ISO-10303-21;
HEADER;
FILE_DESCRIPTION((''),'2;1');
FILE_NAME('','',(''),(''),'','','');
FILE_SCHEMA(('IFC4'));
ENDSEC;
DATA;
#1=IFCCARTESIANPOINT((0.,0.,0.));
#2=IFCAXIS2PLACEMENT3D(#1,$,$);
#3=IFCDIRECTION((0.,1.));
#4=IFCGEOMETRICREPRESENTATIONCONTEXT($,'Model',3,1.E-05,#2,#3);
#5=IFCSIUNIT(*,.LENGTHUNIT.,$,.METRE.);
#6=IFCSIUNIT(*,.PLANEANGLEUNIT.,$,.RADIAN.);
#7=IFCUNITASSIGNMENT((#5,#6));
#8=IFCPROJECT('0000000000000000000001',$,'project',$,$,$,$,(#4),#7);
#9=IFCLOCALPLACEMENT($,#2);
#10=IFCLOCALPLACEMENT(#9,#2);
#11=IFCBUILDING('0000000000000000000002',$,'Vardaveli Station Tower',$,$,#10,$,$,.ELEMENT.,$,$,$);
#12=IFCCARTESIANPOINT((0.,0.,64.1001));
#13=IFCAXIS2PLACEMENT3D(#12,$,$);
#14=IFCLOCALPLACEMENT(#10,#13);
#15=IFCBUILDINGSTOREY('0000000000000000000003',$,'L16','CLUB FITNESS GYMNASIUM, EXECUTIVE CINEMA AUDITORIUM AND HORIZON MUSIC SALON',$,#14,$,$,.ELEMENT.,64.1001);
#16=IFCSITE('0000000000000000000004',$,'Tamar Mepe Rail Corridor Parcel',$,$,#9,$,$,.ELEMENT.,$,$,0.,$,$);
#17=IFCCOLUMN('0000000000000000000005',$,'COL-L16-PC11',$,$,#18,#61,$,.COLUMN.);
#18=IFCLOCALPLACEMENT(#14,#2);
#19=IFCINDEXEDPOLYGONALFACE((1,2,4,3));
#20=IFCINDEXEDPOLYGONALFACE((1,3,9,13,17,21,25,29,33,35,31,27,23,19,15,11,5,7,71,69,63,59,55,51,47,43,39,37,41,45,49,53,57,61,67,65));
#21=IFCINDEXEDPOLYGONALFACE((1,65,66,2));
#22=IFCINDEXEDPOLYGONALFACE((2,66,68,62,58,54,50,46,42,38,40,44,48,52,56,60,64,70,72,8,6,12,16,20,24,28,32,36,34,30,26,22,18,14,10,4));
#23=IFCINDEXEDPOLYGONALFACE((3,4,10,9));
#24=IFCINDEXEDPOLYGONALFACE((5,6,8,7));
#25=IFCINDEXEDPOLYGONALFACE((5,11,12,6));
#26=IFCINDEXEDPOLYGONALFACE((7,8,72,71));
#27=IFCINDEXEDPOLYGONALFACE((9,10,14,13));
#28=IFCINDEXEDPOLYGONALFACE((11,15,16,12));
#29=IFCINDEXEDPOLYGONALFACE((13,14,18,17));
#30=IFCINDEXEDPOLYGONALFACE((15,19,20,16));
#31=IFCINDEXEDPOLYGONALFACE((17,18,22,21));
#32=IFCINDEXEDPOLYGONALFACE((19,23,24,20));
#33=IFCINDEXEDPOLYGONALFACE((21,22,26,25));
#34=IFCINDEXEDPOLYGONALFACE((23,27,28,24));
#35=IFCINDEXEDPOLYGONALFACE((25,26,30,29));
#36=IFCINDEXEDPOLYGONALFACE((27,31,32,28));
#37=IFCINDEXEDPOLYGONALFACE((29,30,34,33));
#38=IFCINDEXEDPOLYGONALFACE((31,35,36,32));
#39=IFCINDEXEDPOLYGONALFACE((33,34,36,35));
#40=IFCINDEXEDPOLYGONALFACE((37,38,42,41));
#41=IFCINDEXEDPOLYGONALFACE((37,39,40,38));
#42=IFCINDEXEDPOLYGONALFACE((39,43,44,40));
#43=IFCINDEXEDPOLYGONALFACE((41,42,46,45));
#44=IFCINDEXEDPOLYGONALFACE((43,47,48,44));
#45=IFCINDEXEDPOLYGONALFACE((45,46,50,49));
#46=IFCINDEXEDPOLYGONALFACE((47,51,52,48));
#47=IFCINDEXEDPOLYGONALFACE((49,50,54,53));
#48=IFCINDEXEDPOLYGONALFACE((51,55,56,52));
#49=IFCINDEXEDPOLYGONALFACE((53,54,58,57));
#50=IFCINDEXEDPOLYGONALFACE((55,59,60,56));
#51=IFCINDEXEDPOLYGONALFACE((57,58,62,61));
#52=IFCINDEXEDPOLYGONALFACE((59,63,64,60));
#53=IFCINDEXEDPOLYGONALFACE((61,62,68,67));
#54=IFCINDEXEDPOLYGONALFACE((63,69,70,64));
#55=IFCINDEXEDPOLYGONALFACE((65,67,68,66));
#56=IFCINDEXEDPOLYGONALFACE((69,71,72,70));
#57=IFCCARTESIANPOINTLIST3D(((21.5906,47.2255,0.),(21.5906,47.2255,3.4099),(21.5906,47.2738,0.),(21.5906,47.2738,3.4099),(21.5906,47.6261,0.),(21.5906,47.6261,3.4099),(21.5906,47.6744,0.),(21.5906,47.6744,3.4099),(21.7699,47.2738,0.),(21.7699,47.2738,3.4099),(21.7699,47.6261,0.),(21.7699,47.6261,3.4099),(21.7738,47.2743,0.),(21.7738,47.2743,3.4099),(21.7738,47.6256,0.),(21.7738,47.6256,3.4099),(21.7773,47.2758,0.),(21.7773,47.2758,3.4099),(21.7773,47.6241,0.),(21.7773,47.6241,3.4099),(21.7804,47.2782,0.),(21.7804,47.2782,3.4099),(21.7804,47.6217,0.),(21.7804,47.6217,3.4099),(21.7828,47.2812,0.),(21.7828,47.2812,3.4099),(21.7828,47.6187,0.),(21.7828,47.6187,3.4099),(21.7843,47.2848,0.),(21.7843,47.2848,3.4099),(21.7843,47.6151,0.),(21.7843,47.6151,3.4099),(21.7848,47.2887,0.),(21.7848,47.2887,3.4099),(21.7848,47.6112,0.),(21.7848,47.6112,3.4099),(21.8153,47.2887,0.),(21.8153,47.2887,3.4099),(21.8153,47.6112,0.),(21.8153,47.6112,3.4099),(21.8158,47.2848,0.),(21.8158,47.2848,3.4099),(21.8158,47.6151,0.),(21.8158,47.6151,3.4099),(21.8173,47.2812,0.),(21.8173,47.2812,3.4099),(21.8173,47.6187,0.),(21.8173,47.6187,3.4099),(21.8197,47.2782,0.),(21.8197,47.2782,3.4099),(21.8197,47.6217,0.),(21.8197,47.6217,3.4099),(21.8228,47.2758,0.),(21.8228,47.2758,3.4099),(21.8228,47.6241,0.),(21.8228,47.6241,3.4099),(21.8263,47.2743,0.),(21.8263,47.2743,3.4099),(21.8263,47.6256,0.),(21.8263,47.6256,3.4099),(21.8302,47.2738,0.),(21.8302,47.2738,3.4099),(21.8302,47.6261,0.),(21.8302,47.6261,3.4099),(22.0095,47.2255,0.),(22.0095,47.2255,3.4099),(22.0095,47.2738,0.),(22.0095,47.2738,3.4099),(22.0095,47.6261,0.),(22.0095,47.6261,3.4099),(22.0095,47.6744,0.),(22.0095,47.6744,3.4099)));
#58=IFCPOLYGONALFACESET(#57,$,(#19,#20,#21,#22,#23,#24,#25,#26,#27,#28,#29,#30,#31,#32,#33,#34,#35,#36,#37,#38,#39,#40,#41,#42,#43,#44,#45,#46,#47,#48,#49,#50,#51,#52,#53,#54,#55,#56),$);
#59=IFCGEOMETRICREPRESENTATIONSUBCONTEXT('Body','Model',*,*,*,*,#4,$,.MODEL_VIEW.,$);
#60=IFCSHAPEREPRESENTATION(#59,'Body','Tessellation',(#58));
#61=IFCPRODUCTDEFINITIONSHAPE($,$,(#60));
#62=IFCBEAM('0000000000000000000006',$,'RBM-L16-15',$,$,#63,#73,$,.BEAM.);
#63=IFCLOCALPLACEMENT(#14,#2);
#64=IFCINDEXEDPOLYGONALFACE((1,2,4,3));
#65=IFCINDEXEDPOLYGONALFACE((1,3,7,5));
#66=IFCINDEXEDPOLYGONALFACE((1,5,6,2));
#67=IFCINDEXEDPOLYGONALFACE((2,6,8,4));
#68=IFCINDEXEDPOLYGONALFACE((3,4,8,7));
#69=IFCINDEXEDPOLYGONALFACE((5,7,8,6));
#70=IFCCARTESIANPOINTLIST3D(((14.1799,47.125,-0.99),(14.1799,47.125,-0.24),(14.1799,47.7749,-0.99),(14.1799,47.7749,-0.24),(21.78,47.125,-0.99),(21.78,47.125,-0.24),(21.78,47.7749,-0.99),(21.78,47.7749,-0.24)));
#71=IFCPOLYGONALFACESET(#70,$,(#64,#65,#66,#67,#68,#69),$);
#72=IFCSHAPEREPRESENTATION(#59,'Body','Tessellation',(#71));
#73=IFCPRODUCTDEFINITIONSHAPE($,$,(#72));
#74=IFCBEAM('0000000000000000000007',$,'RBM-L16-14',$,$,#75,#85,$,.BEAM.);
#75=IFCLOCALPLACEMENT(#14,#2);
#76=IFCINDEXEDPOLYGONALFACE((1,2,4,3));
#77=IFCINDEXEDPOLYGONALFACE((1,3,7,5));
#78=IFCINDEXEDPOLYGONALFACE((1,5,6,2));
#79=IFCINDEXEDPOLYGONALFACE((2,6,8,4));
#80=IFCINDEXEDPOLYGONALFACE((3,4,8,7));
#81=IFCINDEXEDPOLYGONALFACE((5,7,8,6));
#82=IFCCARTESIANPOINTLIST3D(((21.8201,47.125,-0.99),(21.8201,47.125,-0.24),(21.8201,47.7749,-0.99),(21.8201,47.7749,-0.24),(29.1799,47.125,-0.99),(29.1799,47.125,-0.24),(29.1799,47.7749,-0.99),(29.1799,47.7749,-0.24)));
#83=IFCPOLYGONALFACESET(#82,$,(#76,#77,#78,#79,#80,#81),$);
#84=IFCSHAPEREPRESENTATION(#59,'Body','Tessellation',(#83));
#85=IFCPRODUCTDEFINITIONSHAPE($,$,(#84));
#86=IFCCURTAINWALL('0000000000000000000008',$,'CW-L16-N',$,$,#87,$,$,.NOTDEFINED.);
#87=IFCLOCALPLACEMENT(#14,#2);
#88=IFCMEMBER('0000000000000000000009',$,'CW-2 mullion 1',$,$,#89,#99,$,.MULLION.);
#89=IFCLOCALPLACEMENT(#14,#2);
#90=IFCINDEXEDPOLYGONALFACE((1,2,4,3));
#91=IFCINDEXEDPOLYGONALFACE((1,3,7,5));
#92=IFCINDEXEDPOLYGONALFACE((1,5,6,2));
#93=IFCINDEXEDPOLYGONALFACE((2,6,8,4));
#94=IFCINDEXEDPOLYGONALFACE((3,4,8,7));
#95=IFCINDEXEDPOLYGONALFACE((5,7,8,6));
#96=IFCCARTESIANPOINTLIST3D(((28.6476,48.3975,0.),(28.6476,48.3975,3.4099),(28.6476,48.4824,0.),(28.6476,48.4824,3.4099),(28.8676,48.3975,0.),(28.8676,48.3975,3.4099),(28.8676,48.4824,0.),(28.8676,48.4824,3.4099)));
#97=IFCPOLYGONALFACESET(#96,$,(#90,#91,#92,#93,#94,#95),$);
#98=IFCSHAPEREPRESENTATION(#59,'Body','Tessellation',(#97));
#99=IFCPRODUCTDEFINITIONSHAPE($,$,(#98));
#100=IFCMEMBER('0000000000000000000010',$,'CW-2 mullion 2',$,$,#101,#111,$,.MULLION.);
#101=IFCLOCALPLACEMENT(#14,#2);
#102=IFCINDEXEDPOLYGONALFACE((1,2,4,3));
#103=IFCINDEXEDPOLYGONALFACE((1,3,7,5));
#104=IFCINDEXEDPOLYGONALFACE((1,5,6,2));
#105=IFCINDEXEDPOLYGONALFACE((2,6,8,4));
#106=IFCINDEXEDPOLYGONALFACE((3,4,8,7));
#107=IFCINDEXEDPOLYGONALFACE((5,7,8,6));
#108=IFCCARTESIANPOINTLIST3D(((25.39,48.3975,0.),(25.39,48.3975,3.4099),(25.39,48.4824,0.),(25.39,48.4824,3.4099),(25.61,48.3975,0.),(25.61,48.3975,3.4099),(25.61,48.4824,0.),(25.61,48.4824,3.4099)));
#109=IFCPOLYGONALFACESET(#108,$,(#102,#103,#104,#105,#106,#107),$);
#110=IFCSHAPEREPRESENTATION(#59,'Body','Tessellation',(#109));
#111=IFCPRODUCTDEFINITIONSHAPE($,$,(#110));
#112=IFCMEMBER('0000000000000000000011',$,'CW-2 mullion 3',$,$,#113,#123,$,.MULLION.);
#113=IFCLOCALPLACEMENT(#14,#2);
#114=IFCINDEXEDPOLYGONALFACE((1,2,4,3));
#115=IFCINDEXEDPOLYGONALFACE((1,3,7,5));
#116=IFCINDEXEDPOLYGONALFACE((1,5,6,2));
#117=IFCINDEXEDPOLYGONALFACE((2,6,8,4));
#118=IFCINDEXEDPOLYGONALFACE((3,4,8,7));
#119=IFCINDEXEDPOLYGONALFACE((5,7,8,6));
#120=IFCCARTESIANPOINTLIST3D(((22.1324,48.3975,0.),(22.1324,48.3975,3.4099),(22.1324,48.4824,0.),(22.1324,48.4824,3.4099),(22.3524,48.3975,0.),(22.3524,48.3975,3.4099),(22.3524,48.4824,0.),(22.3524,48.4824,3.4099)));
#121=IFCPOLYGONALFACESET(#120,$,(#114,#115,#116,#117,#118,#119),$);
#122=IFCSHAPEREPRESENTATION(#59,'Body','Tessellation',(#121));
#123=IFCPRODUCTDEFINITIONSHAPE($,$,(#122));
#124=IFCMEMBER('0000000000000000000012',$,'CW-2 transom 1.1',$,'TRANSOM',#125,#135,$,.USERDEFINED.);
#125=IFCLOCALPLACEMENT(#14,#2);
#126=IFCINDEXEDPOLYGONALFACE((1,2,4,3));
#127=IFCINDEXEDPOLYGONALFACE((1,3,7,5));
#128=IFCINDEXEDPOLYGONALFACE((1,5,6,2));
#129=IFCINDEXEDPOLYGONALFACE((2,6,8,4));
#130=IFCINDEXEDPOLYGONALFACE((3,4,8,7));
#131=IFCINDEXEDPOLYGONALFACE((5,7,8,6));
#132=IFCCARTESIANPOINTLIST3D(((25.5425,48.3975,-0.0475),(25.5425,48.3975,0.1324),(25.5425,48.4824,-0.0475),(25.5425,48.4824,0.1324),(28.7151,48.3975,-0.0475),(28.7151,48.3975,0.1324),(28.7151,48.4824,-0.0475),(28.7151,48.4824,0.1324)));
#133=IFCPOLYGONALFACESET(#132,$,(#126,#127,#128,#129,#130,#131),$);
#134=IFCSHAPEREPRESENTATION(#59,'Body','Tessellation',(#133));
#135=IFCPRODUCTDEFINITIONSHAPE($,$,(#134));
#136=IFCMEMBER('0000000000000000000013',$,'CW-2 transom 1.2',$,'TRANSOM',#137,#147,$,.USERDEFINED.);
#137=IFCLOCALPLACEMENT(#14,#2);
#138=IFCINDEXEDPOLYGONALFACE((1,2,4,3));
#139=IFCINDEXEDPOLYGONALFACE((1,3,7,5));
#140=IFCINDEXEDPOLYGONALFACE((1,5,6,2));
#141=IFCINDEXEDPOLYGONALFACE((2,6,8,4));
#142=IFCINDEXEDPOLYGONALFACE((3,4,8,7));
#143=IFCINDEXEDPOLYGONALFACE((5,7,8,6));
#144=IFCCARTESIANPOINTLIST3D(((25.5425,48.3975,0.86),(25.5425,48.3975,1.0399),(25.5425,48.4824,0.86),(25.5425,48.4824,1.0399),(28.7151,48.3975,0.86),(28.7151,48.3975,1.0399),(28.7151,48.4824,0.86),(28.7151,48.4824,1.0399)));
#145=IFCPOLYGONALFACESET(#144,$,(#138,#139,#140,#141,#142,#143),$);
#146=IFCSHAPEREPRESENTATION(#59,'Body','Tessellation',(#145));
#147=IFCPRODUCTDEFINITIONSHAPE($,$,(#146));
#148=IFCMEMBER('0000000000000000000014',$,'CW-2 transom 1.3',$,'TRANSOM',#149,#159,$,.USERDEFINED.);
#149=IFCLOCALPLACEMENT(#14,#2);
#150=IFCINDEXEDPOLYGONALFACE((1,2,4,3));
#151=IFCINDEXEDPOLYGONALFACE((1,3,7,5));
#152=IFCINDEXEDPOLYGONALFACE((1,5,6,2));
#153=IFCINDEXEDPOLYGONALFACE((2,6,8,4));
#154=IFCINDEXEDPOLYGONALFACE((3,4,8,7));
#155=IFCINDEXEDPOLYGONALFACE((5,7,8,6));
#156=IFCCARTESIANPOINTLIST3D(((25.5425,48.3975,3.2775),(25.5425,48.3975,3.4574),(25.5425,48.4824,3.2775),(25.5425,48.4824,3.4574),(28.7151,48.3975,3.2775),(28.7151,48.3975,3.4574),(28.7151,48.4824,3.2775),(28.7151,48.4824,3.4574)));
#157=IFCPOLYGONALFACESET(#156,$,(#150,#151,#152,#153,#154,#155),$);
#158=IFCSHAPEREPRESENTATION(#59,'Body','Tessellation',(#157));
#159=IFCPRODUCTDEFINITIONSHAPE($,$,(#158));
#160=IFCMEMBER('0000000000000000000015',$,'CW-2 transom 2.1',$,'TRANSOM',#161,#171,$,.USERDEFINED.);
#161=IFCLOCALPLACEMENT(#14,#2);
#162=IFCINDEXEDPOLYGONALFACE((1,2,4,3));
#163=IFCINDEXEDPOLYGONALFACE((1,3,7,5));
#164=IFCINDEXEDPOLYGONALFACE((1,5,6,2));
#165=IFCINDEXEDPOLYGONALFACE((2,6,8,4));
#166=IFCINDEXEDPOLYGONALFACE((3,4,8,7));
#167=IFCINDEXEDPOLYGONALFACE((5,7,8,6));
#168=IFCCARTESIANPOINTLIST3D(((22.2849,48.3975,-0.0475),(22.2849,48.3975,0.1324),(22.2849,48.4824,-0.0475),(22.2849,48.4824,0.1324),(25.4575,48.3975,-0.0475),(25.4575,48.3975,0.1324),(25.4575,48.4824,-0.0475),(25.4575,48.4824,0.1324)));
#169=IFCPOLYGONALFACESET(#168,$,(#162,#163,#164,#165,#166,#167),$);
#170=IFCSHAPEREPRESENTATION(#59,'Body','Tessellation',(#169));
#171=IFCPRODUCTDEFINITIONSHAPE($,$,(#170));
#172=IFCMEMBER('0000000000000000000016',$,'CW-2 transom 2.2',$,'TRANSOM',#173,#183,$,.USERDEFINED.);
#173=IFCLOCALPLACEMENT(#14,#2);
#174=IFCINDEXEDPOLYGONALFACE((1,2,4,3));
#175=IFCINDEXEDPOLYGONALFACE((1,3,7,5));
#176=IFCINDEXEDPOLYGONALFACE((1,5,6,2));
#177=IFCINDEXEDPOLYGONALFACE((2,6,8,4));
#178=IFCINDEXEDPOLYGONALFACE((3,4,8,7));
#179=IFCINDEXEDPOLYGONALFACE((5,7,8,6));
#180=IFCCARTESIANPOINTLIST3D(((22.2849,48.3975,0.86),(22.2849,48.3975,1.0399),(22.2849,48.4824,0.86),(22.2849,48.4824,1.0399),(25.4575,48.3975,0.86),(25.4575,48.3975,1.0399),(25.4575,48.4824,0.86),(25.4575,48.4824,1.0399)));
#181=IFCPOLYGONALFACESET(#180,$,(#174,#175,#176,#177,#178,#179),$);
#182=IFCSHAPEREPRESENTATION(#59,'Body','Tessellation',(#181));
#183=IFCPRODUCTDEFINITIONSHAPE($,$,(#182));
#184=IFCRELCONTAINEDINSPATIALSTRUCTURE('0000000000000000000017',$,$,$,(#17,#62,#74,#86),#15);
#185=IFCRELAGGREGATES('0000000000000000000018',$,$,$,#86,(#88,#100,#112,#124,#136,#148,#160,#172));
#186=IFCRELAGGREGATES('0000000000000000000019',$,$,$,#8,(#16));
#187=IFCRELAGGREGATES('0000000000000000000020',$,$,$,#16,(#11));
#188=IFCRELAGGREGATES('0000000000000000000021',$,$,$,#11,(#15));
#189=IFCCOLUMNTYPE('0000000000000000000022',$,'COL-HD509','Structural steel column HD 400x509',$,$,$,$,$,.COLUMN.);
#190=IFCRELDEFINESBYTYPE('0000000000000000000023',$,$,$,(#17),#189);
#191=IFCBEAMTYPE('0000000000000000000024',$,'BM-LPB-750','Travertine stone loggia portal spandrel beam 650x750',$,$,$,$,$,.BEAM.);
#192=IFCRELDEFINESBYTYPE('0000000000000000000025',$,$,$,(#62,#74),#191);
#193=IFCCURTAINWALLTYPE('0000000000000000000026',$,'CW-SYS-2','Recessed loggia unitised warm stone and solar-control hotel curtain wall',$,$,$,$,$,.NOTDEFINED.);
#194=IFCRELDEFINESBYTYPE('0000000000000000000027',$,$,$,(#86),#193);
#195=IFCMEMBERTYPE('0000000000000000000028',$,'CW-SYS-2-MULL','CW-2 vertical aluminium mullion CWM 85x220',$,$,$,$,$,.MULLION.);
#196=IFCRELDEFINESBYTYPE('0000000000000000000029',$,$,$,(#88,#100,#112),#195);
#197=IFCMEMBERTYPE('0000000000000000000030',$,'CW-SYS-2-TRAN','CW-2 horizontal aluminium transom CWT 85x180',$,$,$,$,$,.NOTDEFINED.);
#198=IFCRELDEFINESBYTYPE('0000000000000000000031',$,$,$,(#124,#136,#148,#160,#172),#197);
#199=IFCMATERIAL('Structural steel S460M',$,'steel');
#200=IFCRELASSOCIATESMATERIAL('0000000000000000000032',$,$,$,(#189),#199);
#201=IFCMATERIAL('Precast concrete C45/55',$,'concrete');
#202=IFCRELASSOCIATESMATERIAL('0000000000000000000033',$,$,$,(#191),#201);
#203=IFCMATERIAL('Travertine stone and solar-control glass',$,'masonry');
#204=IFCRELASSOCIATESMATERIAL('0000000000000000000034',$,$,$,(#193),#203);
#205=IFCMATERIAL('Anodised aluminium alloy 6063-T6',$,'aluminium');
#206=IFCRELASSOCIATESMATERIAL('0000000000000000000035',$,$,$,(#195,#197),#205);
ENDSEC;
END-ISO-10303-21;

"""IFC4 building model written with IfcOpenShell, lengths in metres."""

from ifc_helpers import new_model, si_unit, direction, frame, origin, origin_2d, place, context, subcontext, project, spatial, rectangle, i_section, extrude, source, transform, mapped, material, material_profile, profile_set, type_object, element, aggregate, save


model = new_model("IFC4")

# Units and contexts
model_context = context("Model", 3, precision=1e-05, world=origin(), true_north=direction((0.0, 1.0)))
body_context = subcontext(model_context, "Body", "Model", "MODEL_VIEW")
ifc_project = project(units=[si_unit("LENGTHUNIT", "METRE"), si_unit("PLANEANGLEUNIT", "RADIAN")], contexts=[model_context])

# Site, building, storey
site_placement = place(None, origin())
site = spatial("IfcSite", under=ifc_project, at=site_placement, Name="Tamar Mepe Rail Corridor Parcel", CompositionType="ELEMENT", RefElevation=0.0)
building_placement = place(site_placement, origin())
building = spatial("IfcBuilding", under=site, at=building_placement, Name="Vardaveli Station Tower", CompositionType="ELEMENT")
storey_placement = place(building_placement, frame((0.0, 0.0, 64.1001)))
storey = spatial("IfcBuildingStorey", under=building, at=storey_placement, Name="L16", Description="CLUB FITNESS GYMNASIUM, EXECUTIVE CINEMA AUDITORIUM AND HORIZON MUSIC SALON", CompositionType="ELEMENT", Elevation=64.1001)

# Column
ifc_material_1 = material(Name="Structural steel S460M", Category="steel")
ifc_material_profile_1 = material_profile(ifc_material_1, i_section(OverallWidth=0.4189, OverallDepth=0.449, WebThickness=0.0305, FlangeThickness=0.0483, FilletRadius=0.0149, at=origin_2d()), Name="HD 400x509")
ifc_profile_set_1 = profile_set([ifc_material_profile_1], Name="Structural steel S460M")
column_type = type_object("IfcColumnType", Name="COL-HD509", Description="Structural steel column HD 400x509", PredefinedType="COLUMN", material=ifc_profile_set_1)
shared_shape_1 = source(origin(), body_context, "Body", "SweptSolid", [
    extrude(i_section(OverallWidth=0.4189, OverallDepth=0.449, WebThickness=0.0305, FlangeThickness=0.0483, FilletRadius=0.0149, at=origin_2d()), origin(), (0.0, 0.0, 1.0), 3.4099),
])
column_placement = place(storey_placement, frame((21.8, 47.45, 0.0), z_axis=(0.0, 0.0, 1.0), x_axis=(1.0, 0.0, 0.0)))
element("IfcColumn", 1, at=column_placement, inside=storey, type_object=column_type, Name="COL-L16-PC11", PredefinedType="COLUMN", context=body_context, shape_type="MappedRepresentation", body=[
    mapped(shared_shape_1, transform((0.0, 0.0, 0.0), scale=1.0)),
])

# Beams
ifc_material_2 = material(Name="Precast concrete C45/55", Category="concrete")
ifc_material_profile_2 = material_profile(ifc_material_2, rectangle(XDim=0.6499, YDim=0.75, at=origin_2d()), Name="LPB 650x750")
ifc_profile_set_2 = profile_set([ifc_material_profile_2], Name="Precast concrete C45/55")
beam_type = type_object("IfcBeamType", Name="BM-LPB-750", Description="Travertine stone loggia portal spandrel beam 650x750", PredefinedType="BEAM", material=ifc_profile_set_2)
shared_shape_2 = source(origin(), body_context, "Body", "SweptSolid", [
    extrude(rectangle(XDim=0.6499, YDim=0.75, at=origin_2d()), origin(), (0.0, 0.0, 1.0), 7.6001),
])
beam_1_placement = place(storey_placement, frame((21.78, 47.45, -0.615), z_axis=(-1.0, 0.0, 0.0), x_axis=(0.0, -1.0, 0.0)))
element("IfcBeam", 2, at=beam_1_placement, inside=storey, type_object=beam_type, Name="RBM-L16-15", PredefinedType="BEAM", context=body_context, shape_type="MappedRepresentation", body=[
    mapped(shared_shape_2, transform((0.0, 0.0, 0.0), scale=1.0)),
])
shared_shape_3 = source(origin(), body_context, "Body", "SweptSolid", [
    extrude(rectangle(XDim=0.6499, YDim=0.75, at=origin_2d()), origin(), (0.0, 0.0, 1.0), 7.3599),
])
beam_2_placement = place(storey_placement, frame((29.1799, 47.45, -0.615), z_axis=(-1.0, 0.0, 0.0), x_axis=(0.0, -1.0, 0.0)))
element("IfcBeam", 3, at=beam_2_placement, inside=storey, type_object=beam_type, Name="RBM-L16-14", PredefinedType="BEAM", context=body_context, shape_type="MappedRepresentation", body=[
    mapped(shared_shape_3, transform((0.0, 0.0, 0.0), scale=1.0)),
])

# Curtain wall, members
ifc_material_3 = material(Name="Travertine stone and solar-control glass", Category="masonry")
curtain_wall_type = type_object("IfcCurtainWallType", Name="CW-SYS-2", Description="Recessed loggia unitised warm stone and solar-control hotel curtain wall", PredefinedType="NOTDEFINED", material=ifc_material_3)
curtain_wall_placement = place(storey_placement, origin())
curtain_wall = element("IfcCurtainWall", 4, at=curtain_wall_placement, inside=storey, type_object=curtain_wall_type, Name="CW-L16-N", PredefinedType="NOTDEFINED")
ifc_material_4 = material(Name="Anodised aluminium alloy 6063-T6", Category="aluminium")
ifc_material_profile_3 = material_profile(ifc_material_4, rectangle(XDim=0.085, YDim=0.22, at=origin_2d()), Name="CWM 85x220")
ifc_profile_set_3 = profile_set([ifc_material_profile_3], Name="Anodised aluminium alloy 6063-T6")
member_type_1 = type_object("IfcMemberType", Name="CW-SYS-2-MULL", Description="CW-2 vertical aluminium mullion CWM 85x220", PredefinedType="MULLION", material=ifc_profile_set_3)
shared_shape_4 = source(origin(), body_context, "Body", "SweptSolid", [
    extrude(rectangle(XDim=0.085, YDim=0.22, at=origin_2d()), origin(), (0.0, 0.0, 1.0), 3.4099),
])
member_1_placement = place(storey_placement, frame((28.7576, 48.4399, 0.0), z_axis=(0.0, 0.0, 1.0), x_axis=(0.0, -1.0, 0.0)))
member_1 = element("IfcMember", 5, at=member_1_placement, type_object=member_type_1, Name="CW-2 mullion 1", PredefinedType="MULLION", context=body_context, shape_type="MappedRepresentation", body=[
    mapped(shared_shape_4, transform((0.0, 0.0, 0.0), scale=1.0)),
])
member_2_placement = place(storey_placement, frame((25.5, 48.4399, 0.0), z_axis=(0.0, 0.0, 1.0), x_axis=(0.0, -1.0, 0.0)))
member_2 = element("IfcMember", 6, at=member_2_placement, type_object=member_type_1, Name="CW-2 mullion 2", PredefinedType="MULLION", context=body_context, shape_type="MappedRepresentation", body=[
    mapped(shared_shape_4, transform((0.0, 0.0, 0.0), scale=1.0)),
])
member_3_placement = place(storey_placement, frame((22.2424, 48.4399, 0.0), z_axis=(0.0, 0.0, 1.0), x_axis=(0.0, -1.0, 0.0)))
member_3 = element("IfcMember", 7, at=member_3_placement, type_object=member_type_1, Name="CW-2 mullion 3", PredefinedType="MULLION", context=body_context, shape_type="MappedRepresentation", body=[
    mapped(shared_shape_4, transform((0.0, 0.0, 0.0), scale=1.0)),
])
ifc_material_profile_4 = material_profile(ifc_material_4, rectangle(XDim=0.085, YDim=0.1799, at=origin_2d()), Name="CWT 85x180")
ifc_profile_set_4 = profile_set([ifc_material_profile_4], Name="Anodised aluminium alloy 6063-T6")
member_type_2 = type_object("IfcMemberType", Name="CW-SYS-2-TRAN", Description="CW-2 horizontal aluminium transom CWT 85x180", PredefinedType="NOTDEFINED", material=ifc_profile_set_4)
shared_shape_5 = source(origin(), body_context, "Body", "SweptSolid", [
    extrude(rectangle(XDim=0.085, YDim=0.1799, at=origin_2d()), origin(), (0.0, 0.0, 1.0), 3.1726),
])
member_4_placement = place(storey_placement, frame((28.7151, 48.4399, 0.0425), z_axis=(-1.0, 0.0, 0.0), x_axis=(0.0, -1.0, 0.0)))
member_4 = element("IfcMember", 8, at=member_4_placement, type_object=member_type_2, Name="CW-2 transom 1.1", ObjectType="TRANSOM", PredefinedType="USERDEFINED", context=body_context, shape_type="MappedRepresentation", body=[
    mapped(shared_shape_5, transform((0.0, 0.0, 0.0), scale=1.0)),
])
member_5_placement = place(storey_placement, frame((28.7151, 48.4399, 0.95), z_axis=(-1.0, 0.0, 0.0), x_axis=(0.0, -1.0, 0.0)))
member_5 = element("IfcMember", 9, at=member_5_placement, type_object=member_type_2, Name="CW-2 transom 1.2", ObjectType="TRANSOM", PredefinedType="USERDEFINED", context=body_context, shape_type="MappedRepresentation", body=[
    mapped(shared_shape_5, transform((0.0, 0.0, 0.0), scale=1.0)),
])
member_6_placement = place(storey_placement, frame((28.7151, 48.4399, 3.3674), z_axis=(-1.0, 0.0, 0.0), x_axis=(0.0, -1.0, 0.0)))
member_6 = element("IfcMember", 10, at=member_6_placement, type_object=member_type_2, Name="CW-2 transom 1.3", ObjectType="TRANSOM", PredefinedType="USERDEFINED", context=body_context, shape_type="MappedRepresentation", body=[
    mapped(shared_shape_5, transform((0.0, 0.0, 0.0), scale=1.0)),
])
member_7_placement = place(storey_placement, frame((25.4575, 48.4399, 0.0425), z_axis=(-1.0, 0.0, 0.0), x_axis=(0.0, -1.0, 0.0)))
member_7 = element("IfcMember", 11, at=member_7_placement, type_object=member_type_2, Name="CW-2 transom 2.1", ObjectType="TRANSOM", PredefinedType="USERDEFINED", context=body_context, shape_type="MappedRepresentation", body=[
    mapped(shared_shape_5, transform((0.0, 0.0, 0.0), scale=1.0)),
])
member_8_placement = place(storey_placement, frame((25.4575, 48.4399, 0.95), z_axis=(-1.0, 0.0, 0.0), x_axis=(0.0, -1.0, 0.0)))
member_8 = element("IfcMember", 12, at=member_8_placement, type_object=member_type_2, Name="CW-2 transom 2.2", ObjectType="TRANSOM", PredefinedType="USERDEFINED", context=body_context, shape_type="MappedRepresentation", body=[
    mapped(shared_shape_5, transform((0.0, 0.0, 0.0), scale=1.0)),
])
aggregate(curtain_wall, [member_1, member_2, member_3, member_4, member_5, member_6, member_7, member_8])

save(model, "model.ifc")
